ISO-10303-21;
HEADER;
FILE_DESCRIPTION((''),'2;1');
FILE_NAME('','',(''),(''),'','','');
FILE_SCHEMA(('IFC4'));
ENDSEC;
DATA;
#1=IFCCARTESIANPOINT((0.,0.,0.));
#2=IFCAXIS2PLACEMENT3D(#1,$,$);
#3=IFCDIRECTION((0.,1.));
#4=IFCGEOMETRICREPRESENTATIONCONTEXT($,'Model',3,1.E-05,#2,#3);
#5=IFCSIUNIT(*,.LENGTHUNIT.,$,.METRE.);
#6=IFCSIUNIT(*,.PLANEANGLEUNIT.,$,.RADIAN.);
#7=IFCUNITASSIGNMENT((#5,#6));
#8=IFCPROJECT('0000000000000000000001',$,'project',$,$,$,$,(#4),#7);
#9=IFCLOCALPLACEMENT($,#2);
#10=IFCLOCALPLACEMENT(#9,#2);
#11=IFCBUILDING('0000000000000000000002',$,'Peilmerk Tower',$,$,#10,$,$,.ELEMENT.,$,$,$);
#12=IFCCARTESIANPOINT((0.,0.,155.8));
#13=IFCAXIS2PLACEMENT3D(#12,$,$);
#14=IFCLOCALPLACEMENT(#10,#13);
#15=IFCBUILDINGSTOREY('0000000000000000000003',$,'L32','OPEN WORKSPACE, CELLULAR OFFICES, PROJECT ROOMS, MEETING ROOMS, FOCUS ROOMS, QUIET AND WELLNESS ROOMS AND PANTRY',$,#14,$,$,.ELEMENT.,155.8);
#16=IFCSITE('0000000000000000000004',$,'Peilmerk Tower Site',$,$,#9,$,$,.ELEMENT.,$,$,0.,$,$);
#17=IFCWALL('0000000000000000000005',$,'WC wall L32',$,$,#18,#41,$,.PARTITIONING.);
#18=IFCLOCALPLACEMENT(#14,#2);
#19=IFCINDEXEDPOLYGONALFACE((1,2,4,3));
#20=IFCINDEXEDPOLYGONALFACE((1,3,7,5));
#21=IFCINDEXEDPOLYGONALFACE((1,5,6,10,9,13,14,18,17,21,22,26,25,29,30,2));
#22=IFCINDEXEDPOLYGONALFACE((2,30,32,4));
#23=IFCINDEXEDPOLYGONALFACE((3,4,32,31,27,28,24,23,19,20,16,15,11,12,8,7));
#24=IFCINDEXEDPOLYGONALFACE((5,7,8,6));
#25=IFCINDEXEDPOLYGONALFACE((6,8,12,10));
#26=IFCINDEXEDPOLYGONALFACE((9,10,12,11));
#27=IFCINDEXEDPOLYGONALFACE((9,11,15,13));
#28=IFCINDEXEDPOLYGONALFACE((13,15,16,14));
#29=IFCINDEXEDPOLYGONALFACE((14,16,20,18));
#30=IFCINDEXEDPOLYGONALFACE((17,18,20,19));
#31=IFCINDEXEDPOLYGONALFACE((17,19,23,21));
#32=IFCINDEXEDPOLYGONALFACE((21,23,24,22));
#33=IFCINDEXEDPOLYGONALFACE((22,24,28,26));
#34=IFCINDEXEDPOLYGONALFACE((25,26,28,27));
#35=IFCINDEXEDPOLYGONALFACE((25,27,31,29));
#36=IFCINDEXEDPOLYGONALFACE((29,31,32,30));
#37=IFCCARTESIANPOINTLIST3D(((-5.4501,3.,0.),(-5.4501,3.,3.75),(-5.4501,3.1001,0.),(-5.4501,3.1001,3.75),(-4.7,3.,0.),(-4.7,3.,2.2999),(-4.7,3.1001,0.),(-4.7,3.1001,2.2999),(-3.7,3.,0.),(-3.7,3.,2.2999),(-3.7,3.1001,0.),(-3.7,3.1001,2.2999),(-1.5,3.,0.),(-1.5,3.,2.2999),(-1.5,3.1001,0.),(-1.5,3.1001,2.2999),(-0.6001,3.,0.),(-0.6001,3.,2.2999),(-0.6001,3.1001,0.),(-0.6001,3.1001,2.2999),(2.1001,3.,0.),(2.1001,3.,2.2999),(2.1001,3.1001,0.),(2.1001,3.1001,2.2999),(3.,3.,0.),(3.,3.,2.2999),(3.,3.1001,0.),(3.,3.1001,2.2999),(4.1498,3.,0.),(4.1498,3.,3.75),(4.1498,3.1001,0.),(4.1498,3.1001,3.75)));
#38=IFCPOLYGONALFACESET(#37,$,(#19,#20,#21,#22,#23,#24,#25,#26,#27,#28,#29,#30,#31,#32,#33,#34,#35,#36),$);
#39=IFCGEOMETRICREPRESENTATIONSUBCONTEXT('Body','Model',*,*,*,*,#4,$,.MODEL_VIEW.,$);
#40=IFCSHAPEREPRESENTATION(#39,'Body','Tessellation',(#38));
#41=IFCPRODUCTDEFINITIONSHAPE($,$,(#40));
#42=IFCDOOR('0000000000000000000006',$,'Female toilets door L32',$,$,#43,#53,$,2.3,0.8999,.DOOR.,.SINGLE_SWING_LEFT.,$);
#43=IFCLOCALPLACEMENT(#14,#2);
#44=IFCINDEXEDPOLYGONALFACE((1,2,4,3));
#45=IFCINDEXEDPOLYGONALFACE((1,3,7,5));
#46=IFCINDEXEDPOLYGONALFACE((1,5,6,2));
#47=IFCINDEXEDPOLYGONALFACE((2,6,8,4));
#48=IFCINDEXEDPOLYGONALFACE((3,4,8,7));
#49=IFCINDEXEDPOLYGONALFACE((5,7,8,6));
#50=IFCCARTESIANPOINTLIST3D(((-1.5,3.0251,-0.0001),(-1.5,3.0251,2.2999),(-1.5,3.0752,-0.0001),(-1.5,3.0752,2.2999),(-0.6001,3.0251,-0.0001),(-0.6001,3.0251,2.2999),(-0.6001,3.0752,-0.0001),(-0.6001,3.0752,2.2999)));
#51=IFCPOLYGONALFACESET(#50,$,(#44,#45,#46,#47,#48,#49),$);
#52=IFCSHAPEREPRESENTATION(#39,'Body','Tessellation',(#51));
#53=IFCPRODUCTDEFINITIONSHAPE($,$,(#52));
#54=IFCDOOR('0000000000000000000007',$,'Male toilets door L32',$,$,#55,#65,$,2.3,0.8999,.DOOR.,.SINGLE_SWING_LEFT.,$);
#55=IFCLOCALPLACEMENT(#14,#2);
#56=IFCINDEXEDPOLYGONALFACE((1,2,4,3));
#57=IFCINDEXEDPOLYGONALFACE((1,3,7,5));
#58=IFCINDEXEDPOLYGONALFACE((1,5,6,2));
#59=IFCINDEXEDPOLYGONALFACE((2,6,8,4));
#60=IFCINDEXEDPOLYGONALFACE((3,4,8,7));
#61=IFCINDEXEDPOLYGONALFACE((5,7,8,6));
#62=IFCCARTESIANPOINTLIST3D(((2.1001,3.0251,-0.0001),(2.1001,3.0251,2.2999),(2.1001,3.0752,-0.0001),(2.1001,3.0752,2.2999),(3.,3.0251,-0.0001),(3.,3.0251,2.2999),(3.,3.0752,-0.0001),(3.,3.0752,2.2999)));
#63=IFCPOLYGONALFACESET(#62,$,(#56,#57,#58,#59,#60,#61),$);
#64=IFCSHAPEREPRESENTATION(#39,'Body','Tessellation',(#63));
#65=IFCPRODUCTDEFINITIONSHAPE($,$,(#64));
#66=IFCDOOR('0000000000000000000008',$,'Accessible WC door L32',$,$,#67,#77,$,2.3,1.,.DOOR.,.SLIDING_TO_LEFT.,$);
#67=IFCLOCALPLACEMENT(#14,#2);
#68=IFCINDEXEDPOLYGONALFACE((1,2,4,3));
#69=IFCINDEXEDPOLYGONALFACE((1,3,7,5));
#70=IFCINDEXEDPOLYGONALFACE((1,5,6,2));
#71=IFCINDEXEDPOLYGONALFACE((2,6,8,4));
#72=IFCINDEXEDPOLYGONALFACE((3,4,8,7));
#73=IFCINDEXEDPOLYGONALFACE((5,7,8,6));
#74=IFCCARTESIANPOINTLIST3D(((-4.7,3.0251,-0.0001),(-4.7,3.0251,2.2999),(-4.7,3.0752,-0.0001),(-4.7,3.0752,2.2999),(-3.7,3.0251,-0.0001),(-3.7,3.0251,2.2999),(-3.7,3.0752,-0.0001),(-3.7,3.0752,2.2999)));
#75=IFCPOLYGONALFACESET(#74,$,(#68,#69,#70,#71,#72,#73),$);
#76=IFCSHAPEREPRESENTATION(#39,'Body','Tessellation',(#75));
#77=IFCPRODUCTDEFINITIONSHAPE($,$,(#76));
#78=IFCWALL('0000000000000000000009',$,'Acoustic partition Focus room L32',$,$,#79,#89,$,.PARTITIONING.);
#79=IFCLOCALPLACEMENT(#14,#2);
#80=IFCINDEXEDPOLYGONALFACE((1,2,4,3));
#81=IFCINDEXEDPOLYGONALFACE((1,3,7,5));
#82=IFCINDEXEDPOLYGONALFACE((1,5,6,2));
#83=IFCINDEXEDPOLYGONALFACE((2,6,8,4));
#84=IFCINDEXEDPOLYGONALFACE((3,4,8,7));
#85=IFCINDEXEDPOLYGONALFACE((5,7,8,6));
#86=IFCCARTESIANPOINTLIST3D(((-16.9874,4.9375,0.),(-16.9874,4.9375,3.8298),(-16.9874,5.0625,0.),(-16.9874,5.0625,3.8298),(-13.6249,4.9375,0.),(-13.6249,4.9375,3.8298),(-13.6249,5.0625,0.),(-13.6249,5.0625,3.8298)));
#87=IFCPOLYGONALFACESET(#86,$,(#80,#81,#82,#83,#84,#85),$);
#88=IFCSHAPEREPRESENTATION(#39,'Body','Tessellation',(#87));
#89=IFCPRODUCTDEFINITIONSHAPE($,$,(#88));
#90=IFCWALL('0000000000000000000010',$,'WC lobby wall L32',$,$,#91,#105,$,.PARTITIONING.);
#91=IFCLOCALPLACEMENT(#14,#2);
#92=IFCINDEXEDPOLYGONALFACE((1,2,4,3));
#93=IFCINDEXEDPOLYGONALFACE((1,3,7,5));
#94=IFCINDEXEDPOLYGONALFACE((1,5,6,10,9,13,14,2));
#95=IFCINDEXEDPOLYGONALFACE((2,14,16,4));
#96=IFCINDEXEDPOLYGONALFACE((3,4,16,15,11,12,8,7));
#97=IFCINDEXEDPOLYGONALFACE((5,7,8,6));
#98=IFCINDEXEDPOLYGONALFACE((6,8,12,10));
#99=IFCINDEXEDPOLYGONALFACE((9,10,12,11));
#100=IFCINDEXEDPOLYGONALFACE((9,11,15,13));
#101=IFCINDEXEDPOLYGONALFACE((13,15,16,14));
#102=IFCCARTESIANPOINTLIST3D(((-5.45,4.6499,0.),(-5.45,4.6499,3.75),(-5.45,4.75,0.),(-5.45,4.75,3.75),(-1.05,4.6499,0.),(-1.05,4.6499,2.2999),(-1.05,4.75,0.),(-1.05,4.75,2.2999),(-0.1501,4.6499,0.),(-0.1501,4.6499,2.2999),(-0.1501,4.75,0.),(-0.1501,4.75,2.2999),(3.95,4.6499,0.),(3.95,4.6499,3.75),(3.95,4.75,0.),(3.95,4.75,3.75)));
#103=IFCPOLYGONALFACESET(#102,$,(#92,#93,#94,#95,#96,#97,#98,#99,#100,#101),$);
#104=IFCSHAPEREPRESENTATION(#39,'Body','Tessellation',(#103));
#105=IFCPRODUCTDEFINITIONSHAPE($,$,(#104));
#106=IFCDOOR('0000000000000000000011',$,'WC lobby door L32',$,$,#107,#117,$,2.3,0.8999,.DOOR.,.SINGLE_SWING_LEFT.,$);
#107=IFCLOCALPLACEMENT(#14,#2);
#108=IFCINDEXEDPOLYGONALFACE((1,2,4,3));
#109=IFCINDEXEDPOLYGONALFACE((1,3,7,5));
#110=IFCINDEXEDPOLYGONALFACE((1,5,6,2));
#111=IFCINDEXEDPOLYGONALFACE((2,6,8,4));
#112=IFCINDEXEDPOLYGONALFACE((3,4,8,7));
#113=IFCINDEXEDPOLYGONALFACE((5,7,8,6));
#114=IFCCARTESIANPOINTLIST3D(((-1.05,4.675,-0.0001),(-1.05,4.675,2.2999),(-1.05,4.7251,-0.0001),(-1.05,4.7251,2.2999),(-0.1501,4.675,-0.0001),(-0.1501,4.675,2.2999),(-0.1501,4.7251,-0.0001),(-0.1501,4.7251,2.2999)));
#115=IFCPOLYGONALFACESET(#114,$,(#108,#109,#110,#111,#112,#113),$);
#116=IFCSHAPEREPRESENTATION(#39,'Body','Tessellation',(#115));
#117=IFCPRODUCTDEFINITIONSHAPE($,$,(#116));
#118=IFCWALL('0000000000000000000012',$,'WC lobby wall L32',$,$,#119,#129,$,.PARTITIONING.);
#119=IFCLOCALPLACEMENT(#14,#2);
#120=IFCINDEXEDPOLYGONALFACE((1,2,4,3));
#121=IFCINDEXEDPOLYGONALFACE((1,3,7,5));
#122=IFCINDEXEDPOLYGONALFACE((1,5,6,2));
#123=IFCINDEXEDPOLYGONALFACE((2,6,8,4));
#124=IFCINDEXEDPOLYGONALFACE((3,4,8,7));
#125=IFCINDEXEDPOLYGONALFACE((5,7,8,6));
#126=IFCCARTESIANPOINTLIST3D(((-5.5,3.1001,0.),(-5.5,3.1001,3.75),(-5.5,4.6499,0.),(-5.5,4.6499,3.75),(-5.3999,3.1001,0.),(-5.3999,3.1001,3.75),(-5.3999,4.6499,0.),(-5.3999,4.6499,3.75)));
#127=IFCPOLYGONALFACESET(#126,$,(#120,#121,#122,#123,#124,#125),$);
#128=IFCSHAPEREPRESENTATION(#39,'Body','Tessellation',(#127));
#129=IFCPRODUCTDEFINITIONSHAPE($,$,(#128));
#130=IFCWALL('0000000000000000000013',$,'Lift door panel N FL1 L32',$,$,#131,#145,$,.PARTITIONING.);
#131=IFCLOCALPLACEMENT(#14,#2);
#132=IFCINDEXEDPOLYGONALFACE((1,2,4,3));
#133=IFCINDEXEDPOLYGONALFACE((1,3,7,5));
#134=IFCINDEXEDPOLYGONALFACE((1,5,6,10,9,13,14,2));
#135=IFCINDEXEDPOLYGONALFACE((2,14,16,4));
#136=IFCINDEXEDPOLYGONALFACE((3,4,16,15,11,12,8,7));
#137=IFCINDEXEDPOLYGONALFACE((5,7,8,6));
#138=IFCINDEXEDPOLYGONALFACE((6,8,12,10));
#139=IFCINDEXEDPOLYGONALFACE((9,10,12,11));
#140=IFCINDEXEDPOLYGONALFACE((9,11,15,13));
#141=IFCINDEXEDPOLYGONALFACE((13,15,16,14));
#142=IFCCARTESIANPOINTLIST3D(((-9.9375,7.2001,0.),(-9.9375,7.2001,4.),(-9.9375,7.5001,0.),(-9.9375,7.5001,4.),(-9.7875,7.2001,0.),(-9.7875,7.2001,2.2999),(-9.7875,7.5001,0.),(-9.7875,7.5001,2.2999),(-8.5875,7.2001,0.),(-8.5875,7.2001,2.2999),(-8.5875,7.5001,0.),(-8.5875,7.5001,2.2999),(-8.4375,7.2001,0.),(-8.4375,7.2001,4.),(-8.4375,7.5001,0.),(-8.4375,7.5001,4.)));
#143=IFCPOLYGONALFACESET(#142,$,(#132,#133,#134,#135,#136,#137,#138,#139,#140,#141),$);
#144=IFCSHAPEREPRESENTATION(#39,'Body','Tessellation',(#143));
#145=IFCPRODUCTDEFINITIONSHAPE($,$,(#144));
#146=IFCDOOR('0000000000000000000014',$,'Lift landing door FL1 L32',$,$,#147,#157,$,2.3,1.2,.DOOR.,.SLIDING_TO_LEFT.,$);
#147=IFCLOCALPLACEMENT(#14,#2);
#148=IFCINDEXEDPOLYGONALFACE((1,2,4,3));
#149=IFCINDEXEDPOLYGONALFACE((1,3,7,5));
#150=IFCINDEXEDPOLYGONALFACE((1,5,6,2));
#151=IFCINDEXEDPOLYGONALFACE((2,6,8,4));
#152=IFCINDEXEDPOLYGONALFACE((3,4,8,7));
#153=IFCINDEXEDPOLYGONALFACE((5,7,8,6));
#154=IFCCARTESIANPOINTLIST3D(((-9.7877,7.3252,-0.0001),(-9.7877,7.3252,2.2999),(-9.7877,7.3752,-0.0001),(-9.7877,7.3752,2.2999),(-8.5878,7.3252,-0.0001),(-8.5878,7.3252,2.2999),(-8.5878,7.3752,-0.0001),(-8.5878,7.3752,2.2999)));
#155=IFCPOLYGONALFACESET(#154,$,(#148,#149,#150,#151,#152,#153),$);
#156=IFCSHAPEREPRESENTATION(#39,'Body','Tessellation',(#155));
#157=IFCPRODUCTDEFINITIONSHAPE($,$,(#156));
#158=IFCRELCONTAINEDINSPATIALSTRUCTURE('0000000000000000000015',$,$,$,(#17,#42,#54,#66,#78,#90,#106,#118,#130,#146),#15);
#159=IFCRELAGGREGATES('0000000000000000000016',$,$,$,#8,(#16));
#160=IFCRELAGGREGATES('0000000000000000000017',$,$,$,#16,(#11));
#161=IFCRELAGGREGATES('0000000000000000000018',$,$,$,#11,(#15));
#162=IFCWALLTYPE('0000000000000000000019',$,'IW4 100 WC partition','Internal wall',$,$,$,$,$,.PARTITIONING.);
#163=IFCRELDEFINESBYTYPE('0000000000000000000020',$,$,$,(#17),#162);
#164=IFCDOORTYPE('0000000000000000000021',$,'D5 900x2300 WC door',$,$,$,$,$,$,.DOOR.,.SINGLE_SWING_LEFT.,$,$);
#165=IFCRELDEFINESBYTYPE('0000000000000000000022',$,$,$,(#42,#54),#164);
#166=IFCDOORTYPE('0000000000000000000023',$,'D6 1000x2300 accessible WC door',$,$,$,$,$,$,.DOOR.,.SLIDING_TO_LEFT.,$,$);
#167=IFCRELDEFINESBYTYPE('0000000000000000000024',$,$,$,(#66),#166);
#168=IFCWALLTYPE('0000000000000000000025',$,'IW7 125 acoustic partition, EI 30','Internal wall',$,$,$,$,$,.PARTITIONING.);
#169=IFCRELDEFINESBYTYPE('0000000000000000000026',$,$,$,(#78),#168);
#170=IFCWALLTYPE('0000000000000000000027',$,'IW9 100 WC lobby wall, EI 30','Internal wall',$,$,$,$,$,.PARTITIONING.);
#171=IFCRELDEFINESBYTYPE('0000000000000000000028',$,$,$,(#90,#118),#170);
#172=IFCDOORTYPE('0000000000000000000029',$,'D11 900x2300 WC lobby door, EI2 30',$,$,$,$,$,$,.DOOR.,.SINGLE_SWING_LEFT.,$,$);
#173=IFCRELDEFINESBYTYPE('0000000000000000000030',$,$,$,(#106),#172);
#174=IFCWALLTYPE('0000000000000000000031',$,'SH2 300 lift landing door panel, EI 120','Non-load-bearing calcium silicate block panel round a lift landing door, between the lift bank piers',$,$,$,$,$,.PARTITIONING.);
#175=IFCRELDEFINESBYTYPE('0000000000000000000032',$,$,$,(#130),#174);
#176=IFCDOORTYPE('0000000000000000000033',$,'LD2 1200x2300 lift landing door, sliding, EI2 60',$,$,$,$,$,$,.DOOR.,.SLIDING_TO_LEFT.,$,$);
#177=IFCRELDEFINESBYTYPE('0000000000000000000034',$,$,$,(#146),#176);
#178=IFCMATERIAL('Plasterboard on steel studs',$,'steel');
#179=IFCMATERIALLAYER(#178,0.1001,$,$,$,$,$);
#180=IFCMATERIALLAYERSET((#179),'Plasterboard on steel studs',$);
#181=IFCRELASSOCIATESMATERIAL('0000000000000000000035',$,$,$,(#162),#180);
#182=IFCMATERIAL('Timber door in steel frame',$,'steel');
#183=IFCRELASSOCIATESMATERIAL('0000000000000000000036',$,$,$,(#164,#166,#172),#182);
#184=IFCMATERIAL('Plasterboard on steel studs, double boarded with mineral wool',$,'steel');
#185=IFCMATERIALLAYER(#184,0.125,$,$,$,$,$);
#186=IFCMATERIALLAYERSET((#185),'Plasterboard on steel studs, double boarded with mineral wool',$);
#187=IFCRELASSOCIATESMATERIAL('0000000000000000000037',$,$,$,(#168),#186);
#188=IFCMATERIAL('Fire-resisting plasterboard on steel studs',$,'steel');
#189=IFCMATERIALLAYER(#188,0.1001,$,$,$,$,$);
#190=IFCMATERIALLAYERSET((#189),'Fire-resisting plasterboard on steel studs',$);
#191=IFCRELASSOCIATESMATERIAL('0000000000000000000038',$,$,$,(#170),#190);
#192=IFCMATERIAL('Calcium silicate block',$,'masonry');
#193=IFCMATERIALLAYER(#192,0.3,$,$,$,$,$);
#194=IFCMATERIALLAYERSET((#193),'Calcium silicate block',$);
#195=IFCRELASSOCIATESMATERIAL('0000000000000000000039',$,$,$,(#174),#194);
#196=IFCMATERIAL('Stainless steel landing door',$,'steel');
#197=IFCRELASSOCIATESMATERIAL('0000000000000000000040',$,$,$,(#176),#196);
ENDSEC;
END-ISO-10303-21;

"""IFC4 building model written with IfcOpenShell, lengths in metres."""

from ifc_helpers import new_model, si_unit, direction, frame, frame_2d, origin, place, context, subcontext, project, spatial, rectangle, extrude, material, layer, layer_set, type_object, element, fill, save


model = new_model("IFC4")

# Units and contexts
model_context = context("Model", 3, precision=1e-05, world=origin(), true_north=direction((0.0, 1.0)))
body_context = subcontext(model_context, "Body", "Model", "MODEL_VIEW")
ifc_project = project(units=[si_unit("LENGTHUNIT", "METRE"), si_unit("PLANEANGLEUNIT", "RADIAN")], contexts=[model_context])

# Site, building, storey
site_placement = place(None, origin())
site = spatial("IfcSite", under=ifc_project, at=site_placement, Name="Peilmerk Tower Site", CompositionType="ELEMENT", RefElevation=0.0)
building_placement = place(site_placement, origin())
building = spatial("IfcBuilding", under=site, at=building_placement, Name="Peilmerk Tower", CompositionType="ELEMENT")
storey_placement = place(building_placement, frame((0.0, 0.0, 155.8)))
storey = spatial("IfcBuildingStorey", under=building, at=storey_placement, Name="L32", Description="OPEN WORKSPACE, CELLULAR OFFICES, PROJECT ROOMS, MEETING ROOMS, FOCUS ROOMS, QUIET AND WELLNESS ROOMS AND PANTRY", CompositionType="ELEMENT", Elevation=155.8)

# Wall, openings, doors
ifc_material_1 = material(Name="Plasterboard on steel studs", Category="steel")
ifc_layer_1 = layer(ifc_material_1, 0.1001)
ifc_layer_set_1 = layer_set([ifc_layer_1], Name="Plasterboard on steel studs")
wall_type_1 = type_object("IfcWallType", Name="IW4 100 WC partition", Description="Internal wall", PredefinedType="PARTITIONING", material=ifc_layer_set_1)
wall_1_placement = place(storey_placement, frame((-5.45, 3.05, 0.0), z_axis=(0.0, 0.0, 1.0), x_axis=(1.0, 0.0, 0.0)))
wall_1 = element("IfcWall", 1, at=wall_1_placement, inside=storey, type_object=wall_type_1, Name="WC wall L32", PredefinedType="PARTITIONING", context=body_context, shape_type="SweptSolid", body=[
    extrude(rectangle(XDim=9.5999, YDim=0.1001, at=frame_2d((4.7998, 0.0))), origin(), (0.0, 0.0, 1.0), 3.75),
])
opening_1_placement = place(wall_1_placement, frame((0.75, 0.0, 0.0)))
opening_1 = element("IfcOpeningElement", 2, at=opening_1_placement, cuts=wall_1, PredefinedType="OPENING", context=body_context, shape_type="SweptSolid", body=[
    extrude(rectangle(XDim=1.0, YDim=2.3, at=frame_2d((0.5, 1.1499))), frame((0.0, 0.0601, 0.0), z_axis=(0.0, -1.0, 0.0), x_axis=(1.0, 0.0, 0.0)), (0.0, 0.0, 1.0), 0.1201),
])
opening_2_placement = place(wall_1_placement, frame((3.95, 0.0, 0.0)))
opening_2 = element("IfcOpeningElement", 3, at=opening_2_placement, cuts=wall_1, PredefinedType="OPENING", context=body_context, shape_type="SweptSolid", body=[
    extrude(rectangle(XDim=0.8999, YDim=2.3, at=frame_2d((0.45, 1.1499))), frame((0.0, 0.0601, 0.0), z_axis=(0.0, -1.0, 0.0), x_axis=(1.0, 0.0, 0.0)), (0.0, 0.0, 1.0), 0.1201),
])
opening_3_placement = place(wall_1_placement, frame((7.55, 0.0, 0.0)))
opening_3 = element("IfcOpeningElement", 4, at=opening_3_placement, cuts=wall_1, PredefinedType="OPENING", context=body_context, shape_type="SweptSolid", body=[
    extrude(rectangle(XDim=0.8999, YDim=2.3, at=frame_2d((0.45, 1.1499))), frame((0.0, 0.0601, 0.0), z_axis=(0.0, -1.0, 0.0), x_axis=(1.0, 0.0, 0.0)), (0.0, 0.0, 1.0), 0.1201),
])
ifc_material_2 = material(Name="Timber door in steel frame", Category="steel")
door_type_1 = type_object("IfcDoorType", Name="D5 900x2300 WC door", OperationType="SINGLE_SWING_LEFT", PredefinedType="DOOR", material=ifc_material_2)
door_1_placement = place(opening_2_placement, frame((0.8999, 0.0, 0.0), z_axis=(0.0, 0.0, 1.0), x_axis=(-1.0, 0.0, 0.0)))
door_1 = element("IfcDoor", 5, at=door_1_placement, inside=storey, type_object=door_type_1, Name="Female toilets door L32", OperationType="SINGLE_SWING_LEFT", OverallHeight=2.3, OverallWidth=0.8999, PredefinedType="DOOR", context=body_context, shape_type="SweptSolid", body=[
    extrude(rectangle(XDim=0.8999, YDim=2.3, at=frame_2d((0.45, 1.1499))), frame((0.0, 0.0249, 0.0), z_axis=(0.0, -1.0, 0.0), x_axis=(1.0, 0.0, 0.0)), (0.0, 0.0, 1.0), 0.05),
])
fill(opening_2, door_1)
door_2_placement = place(opening_3_placement, frame((0.8999, 0.0, 0.0), z_axis=(0.0, 0.0, 1.0), x_axis=(-1.0, 0.0, 0.0)))
door_2 = element("IfcDoor", 6, at=door_2_placement, inside=storey, type_object=door_type_1, Name="Male toilets door L32", OperationType="SINGLE_SWING_LEFT", OverallHeight=2.3, OverallWidth=0.8999, PredefinedType="DOOR", context=body_context, shape_type="SweptSolid", body=[
    extrude(rectangle(XDim=0.8999, YDim=2.3, at=frame_2d((0.45, 1.1499))), frame((0.0, 0.0249, 0.0), z_axis=(0.0, -1.0, 0.0), x_axis=(1.0, 0.0, 0.0)), (0.0, 0.0, 1.0), 0.05),
])
fill(opening_3, door_2)
door_type_2 = type_object("IfcDoorType", Name="D6 1000x2300 accessible WC door", OperationType="SLIDING_TO_LEFT", PredefinedType="DOOR", material=ifc_material_2)
door_3_placement = place(opening_1_placement, frame((1.0, 0.0, 0.0), z_axis=(0.0, 0.0, 1.0), x_axis=(-1.0, 0.0, 0.0)))
door_3 = element("IfcDoor", 7, at=door_3_placement, inside=storey, type_object=door_type_2, Name="Accessible WC door L32", OperationType="SLIDING_TO_LEFT", OverallHeight=2.3, OverallWidth=1.0, PredefinedType="DOOR", context=body_context, shape_type="SweptSolid", body=[
    extrude(rectangle(XDim=1.0, YDim=2.3, at=frame_2d((0.5, 1.1499))), frame((0.0, 0.0249, 0.0), z_axis=(0.0, -1.0, 0.0), x_axis=(1.0, 0.0, 0.0)), (0.0, 0.0, 1.0), 0.05),
])
fill(opening_1, door_3)

# Wall
ifc_material_3 = material(Name="Plasterboard on steel studs, double boarded with mineral wool", Category="steel")
ifc_layer_2 = layer(ifc_material_3, 0.125)
ifc_layer_set_2 = layer_set([ifc_layer_2], Name="Plasterboard on steel studs, double boarded with mineral wool")
wall_type_2 = type_object("IfcWallType", Name="IW7 125 acoustic partition, EI 30", Description="Internal wall", PredefinedType="PARTITIONING", material=ifc_layer_set_2)
wall_2_placement = place(storey_placement, frame((-13.625, 5.0, 0.0), z_axis=(0.0, 0.0, 1.0), x_axis=(-1.0, 0.0, 0.0)))
element("IfcWall", 8, at=wall_2_placement, inside=storey, type_object=wall_type_2, Name="Acoustic partition Focus room L32", PredefinedType="PARTITIONING", context=body_context, shape_type="SweptSolid", body=[
    extrude(rectangle(XDim=3.3625, YDim=0.125, at=frame_2d((1.6812, 0.0))), origin(), (0.0, 0.0, 1.0), 3.8298),
])

# Wall, opening, door
ifc_material_4 = material(Name="Fire-resisting plasterboard on steel studs", Category="steel")
ifc_layer_3 = layer(ifc_material_4, 0.1001)
ifc_layer_set_3 = layer_set([ifc_layer_3], Name="Fire-resisting plasterboard on steel studs")
wall_type_3 = type_object("IfcWallType", Name="IW9 100 WC lobby wall, EI 30", Description="Internal wall", PredefinedType="PARTITIONING", material=ifc_layer_set_3)
wall_3_placement = place(storey_placement, frame((-5.45, 4.7, 0.0), z_axis=(0.0, 0.0, 1.0), x_axis=(1.0, 0.0, 0.0)))
wall_3 = element("IfcWall", 9, at=wall_3_placement, inside=storey, type_object=wall_type_3, Name="WC lobby wall L32", PredefinedType="PARTITIONING", context=body_context, shape_type="SweptSolid", body=[
    extrude(rectangle(XDim=9.3999, YDim=0.1001, at=frame_2d((4.7, 0.0))), origin(), (0.0, 0.0, 1.0), 3.75),
])
opening_4_placement = place(wall_3_placement, frame((4.3999, 0.0, 0.0)))
opening_4 = element("IfcOpeningElement", 10, at=opening_4_placement, cuts=wall_3, PredefinedType="OPENING", context=body_context, shape_type="SweptSolid", body=[
    extrude(rectangle(XDim=0.8999, YDim=2.3, at=frame_2d((0.45, 1.1499))), frame((0.0, 0.0601, 0.0), z_axis=(0.0, -1.0, 0.0), x_axis=(1.0, 0.0, 0.0)), (0.0, 0.0, 1.0), 0.1201),
])
door_type_3 = type_object("IfcDoorType", Name="D11 900x2300 WC lobby door, EI2 30", OperationType="SINGLE_SWING_LEFT", PredefinedType="DOOR", material=ifc_material_2)
door_4_placement = place(opening_4_placement, frame((0.8999, 0.0, 0.0), z_axis=(0.0, 0.0, 1.0), x_axis=(-1.0, 0.0, 0.0)))
door_4 = element("IfcDoor", 11, at=door_4_placement, inside=storey, type_object=door_type_3, Name="WC lobby door L32", OperationType="SINGLE_SWING_LEFT", OverallHeight=2.3, OverallWidth=0.8999, PredefinedType="DOOR", context=body_context, shape_type="SweptSolid", body=[
    extrude(rectangle(XDim=0.8999, YDim=2.3, at=frame_2d((0.45, 1.1499))), frame((0.0, 0.0249, 0.0), z_axis=(0.0, -1.0, 0.0), x_axis=(1.0, 0.0, 0.0)), (0.0, 0.0, 1.0), 0.05),
])
fill(opening_4, door_4)

# Wall
wall_4_placement = place(storey_placement, frame((-5.45, 3.1001, 0.0), z_axis=(0.0, 0.0, 1.0), x_axis=(0.0, 1.0, 0.0)))
element("IfcWall", 12, at=wall_4_placement, inside=storey, type_object=wall_type_3, Name="WC lobby wall L32", PredefinedType="PARTITIONING", context=body_context, shape_type="SweptSolid", body=[
    extrude(rectangle(XDim=1.5498, YDim=0.1001, at=frame_2d((0.7749, 0.0))), origin(), (0.0, 0.0, 1.0), 3.75),
])

# Wall, opening, door
ifc_material_5 = material(Name="Calcium silicate block", Category="masonry")
ifc_layer_4 = layer(ifc_material_5, 0.3)
ifc_layer_set_4 = layer_set([ifc_layer_4], Name="Calcium silicate block")
wall_type_4 = type_object("IfcWallType", Name="SH2 300 lift landing door panel, EI 120", Description="Non-load-bearing calcium silicate block panel round a lift landing door, between the lift bank piers", PredefinedType="PARTITIONING", material=ifc_layer_set_4)
wall_5_placement = place(storey_placement, frame((-9.9375, 7.3501, 0.0), z_axis=(0.0, 0.0, 1.0), x_axis=(1.0, 0.0, 0.0)))
wall_5 = element("IfcWall", 13, at=wall_5_placement, inside=storey, type_object=wall_type_4, Name="Lift door panel N FL1 L32", PredefinedType="PARTITIONING", context=body_context, shape_type="SweptSolid", body=[
    extrude(rectangle(XDim=1.5, YDim=0.3, at=frame_2d((0.75, 0.0))), origin(), (0.0, 0.0, 1.0), 4.0),
])
opening_5_placement = place(wall_5_placement, frame((0.1499, 0.0, 0.0)))
opening_5 = element("IfcOpeningElement", 14, at=opening_5_placement, cuts=wall_5, PredefinedType="OPENING", context=body_context, shape_type="SweptSolid", body=[
    extrude(rectangle(XDim=1.2, YDim=2.3, at=frame_2d((0.6001, 1.1499))), frame((0.0, 0.1599, 0.0), z_axis=(0.0, -1.0, 0.0), x_axis=(1.0, 0.0, 0.0)), (0.0, 0.0, 1.0), 0.3201),
])
ifc_material_6 = material(Name="Stainless steel landing door", Category="steel")
door_type_4 = type_object("IfcDoorType", Name="LD2 1200x2300 lift landing door, sliding, EI2 60", OperationType="SLIDING_TO_LEFT", PredefinedType="DOOR", material=ifc_material_6)
door_5_placement = place(opening_5_placement, frame((1.2, 0.0, 0.0), z_axis=(0.0, 0.0, 1.0), x_axis=(-1.0, 0.0, 0.0)))
door_5 = element("IfcDoor", 15, at=door_5_placement, inside=storey, type_object=door_type_4, Name="Lift landing door FL1 L32", OperationType="SLIDING_TO_LEFT", OverallHeight=2.3, OverallWidth=1.2, PredefinedType="DOOR", context=body_context, shape_type="SweptSolid", body=[
    extrude(rectangle(XDim=1.2, YDim=2.3, at=frame_2d((0.6001, 1.1499))), frame((0.0, 0.0249, 0.0), z_axis=(0.0, -1.0, 0.0), x_axis=(1.0, 0.0, 0.0)), (0.0, 0.0, 1.0), 0.05),
])
fill(opening_5, door_5)

save(model, "model.ifc")
